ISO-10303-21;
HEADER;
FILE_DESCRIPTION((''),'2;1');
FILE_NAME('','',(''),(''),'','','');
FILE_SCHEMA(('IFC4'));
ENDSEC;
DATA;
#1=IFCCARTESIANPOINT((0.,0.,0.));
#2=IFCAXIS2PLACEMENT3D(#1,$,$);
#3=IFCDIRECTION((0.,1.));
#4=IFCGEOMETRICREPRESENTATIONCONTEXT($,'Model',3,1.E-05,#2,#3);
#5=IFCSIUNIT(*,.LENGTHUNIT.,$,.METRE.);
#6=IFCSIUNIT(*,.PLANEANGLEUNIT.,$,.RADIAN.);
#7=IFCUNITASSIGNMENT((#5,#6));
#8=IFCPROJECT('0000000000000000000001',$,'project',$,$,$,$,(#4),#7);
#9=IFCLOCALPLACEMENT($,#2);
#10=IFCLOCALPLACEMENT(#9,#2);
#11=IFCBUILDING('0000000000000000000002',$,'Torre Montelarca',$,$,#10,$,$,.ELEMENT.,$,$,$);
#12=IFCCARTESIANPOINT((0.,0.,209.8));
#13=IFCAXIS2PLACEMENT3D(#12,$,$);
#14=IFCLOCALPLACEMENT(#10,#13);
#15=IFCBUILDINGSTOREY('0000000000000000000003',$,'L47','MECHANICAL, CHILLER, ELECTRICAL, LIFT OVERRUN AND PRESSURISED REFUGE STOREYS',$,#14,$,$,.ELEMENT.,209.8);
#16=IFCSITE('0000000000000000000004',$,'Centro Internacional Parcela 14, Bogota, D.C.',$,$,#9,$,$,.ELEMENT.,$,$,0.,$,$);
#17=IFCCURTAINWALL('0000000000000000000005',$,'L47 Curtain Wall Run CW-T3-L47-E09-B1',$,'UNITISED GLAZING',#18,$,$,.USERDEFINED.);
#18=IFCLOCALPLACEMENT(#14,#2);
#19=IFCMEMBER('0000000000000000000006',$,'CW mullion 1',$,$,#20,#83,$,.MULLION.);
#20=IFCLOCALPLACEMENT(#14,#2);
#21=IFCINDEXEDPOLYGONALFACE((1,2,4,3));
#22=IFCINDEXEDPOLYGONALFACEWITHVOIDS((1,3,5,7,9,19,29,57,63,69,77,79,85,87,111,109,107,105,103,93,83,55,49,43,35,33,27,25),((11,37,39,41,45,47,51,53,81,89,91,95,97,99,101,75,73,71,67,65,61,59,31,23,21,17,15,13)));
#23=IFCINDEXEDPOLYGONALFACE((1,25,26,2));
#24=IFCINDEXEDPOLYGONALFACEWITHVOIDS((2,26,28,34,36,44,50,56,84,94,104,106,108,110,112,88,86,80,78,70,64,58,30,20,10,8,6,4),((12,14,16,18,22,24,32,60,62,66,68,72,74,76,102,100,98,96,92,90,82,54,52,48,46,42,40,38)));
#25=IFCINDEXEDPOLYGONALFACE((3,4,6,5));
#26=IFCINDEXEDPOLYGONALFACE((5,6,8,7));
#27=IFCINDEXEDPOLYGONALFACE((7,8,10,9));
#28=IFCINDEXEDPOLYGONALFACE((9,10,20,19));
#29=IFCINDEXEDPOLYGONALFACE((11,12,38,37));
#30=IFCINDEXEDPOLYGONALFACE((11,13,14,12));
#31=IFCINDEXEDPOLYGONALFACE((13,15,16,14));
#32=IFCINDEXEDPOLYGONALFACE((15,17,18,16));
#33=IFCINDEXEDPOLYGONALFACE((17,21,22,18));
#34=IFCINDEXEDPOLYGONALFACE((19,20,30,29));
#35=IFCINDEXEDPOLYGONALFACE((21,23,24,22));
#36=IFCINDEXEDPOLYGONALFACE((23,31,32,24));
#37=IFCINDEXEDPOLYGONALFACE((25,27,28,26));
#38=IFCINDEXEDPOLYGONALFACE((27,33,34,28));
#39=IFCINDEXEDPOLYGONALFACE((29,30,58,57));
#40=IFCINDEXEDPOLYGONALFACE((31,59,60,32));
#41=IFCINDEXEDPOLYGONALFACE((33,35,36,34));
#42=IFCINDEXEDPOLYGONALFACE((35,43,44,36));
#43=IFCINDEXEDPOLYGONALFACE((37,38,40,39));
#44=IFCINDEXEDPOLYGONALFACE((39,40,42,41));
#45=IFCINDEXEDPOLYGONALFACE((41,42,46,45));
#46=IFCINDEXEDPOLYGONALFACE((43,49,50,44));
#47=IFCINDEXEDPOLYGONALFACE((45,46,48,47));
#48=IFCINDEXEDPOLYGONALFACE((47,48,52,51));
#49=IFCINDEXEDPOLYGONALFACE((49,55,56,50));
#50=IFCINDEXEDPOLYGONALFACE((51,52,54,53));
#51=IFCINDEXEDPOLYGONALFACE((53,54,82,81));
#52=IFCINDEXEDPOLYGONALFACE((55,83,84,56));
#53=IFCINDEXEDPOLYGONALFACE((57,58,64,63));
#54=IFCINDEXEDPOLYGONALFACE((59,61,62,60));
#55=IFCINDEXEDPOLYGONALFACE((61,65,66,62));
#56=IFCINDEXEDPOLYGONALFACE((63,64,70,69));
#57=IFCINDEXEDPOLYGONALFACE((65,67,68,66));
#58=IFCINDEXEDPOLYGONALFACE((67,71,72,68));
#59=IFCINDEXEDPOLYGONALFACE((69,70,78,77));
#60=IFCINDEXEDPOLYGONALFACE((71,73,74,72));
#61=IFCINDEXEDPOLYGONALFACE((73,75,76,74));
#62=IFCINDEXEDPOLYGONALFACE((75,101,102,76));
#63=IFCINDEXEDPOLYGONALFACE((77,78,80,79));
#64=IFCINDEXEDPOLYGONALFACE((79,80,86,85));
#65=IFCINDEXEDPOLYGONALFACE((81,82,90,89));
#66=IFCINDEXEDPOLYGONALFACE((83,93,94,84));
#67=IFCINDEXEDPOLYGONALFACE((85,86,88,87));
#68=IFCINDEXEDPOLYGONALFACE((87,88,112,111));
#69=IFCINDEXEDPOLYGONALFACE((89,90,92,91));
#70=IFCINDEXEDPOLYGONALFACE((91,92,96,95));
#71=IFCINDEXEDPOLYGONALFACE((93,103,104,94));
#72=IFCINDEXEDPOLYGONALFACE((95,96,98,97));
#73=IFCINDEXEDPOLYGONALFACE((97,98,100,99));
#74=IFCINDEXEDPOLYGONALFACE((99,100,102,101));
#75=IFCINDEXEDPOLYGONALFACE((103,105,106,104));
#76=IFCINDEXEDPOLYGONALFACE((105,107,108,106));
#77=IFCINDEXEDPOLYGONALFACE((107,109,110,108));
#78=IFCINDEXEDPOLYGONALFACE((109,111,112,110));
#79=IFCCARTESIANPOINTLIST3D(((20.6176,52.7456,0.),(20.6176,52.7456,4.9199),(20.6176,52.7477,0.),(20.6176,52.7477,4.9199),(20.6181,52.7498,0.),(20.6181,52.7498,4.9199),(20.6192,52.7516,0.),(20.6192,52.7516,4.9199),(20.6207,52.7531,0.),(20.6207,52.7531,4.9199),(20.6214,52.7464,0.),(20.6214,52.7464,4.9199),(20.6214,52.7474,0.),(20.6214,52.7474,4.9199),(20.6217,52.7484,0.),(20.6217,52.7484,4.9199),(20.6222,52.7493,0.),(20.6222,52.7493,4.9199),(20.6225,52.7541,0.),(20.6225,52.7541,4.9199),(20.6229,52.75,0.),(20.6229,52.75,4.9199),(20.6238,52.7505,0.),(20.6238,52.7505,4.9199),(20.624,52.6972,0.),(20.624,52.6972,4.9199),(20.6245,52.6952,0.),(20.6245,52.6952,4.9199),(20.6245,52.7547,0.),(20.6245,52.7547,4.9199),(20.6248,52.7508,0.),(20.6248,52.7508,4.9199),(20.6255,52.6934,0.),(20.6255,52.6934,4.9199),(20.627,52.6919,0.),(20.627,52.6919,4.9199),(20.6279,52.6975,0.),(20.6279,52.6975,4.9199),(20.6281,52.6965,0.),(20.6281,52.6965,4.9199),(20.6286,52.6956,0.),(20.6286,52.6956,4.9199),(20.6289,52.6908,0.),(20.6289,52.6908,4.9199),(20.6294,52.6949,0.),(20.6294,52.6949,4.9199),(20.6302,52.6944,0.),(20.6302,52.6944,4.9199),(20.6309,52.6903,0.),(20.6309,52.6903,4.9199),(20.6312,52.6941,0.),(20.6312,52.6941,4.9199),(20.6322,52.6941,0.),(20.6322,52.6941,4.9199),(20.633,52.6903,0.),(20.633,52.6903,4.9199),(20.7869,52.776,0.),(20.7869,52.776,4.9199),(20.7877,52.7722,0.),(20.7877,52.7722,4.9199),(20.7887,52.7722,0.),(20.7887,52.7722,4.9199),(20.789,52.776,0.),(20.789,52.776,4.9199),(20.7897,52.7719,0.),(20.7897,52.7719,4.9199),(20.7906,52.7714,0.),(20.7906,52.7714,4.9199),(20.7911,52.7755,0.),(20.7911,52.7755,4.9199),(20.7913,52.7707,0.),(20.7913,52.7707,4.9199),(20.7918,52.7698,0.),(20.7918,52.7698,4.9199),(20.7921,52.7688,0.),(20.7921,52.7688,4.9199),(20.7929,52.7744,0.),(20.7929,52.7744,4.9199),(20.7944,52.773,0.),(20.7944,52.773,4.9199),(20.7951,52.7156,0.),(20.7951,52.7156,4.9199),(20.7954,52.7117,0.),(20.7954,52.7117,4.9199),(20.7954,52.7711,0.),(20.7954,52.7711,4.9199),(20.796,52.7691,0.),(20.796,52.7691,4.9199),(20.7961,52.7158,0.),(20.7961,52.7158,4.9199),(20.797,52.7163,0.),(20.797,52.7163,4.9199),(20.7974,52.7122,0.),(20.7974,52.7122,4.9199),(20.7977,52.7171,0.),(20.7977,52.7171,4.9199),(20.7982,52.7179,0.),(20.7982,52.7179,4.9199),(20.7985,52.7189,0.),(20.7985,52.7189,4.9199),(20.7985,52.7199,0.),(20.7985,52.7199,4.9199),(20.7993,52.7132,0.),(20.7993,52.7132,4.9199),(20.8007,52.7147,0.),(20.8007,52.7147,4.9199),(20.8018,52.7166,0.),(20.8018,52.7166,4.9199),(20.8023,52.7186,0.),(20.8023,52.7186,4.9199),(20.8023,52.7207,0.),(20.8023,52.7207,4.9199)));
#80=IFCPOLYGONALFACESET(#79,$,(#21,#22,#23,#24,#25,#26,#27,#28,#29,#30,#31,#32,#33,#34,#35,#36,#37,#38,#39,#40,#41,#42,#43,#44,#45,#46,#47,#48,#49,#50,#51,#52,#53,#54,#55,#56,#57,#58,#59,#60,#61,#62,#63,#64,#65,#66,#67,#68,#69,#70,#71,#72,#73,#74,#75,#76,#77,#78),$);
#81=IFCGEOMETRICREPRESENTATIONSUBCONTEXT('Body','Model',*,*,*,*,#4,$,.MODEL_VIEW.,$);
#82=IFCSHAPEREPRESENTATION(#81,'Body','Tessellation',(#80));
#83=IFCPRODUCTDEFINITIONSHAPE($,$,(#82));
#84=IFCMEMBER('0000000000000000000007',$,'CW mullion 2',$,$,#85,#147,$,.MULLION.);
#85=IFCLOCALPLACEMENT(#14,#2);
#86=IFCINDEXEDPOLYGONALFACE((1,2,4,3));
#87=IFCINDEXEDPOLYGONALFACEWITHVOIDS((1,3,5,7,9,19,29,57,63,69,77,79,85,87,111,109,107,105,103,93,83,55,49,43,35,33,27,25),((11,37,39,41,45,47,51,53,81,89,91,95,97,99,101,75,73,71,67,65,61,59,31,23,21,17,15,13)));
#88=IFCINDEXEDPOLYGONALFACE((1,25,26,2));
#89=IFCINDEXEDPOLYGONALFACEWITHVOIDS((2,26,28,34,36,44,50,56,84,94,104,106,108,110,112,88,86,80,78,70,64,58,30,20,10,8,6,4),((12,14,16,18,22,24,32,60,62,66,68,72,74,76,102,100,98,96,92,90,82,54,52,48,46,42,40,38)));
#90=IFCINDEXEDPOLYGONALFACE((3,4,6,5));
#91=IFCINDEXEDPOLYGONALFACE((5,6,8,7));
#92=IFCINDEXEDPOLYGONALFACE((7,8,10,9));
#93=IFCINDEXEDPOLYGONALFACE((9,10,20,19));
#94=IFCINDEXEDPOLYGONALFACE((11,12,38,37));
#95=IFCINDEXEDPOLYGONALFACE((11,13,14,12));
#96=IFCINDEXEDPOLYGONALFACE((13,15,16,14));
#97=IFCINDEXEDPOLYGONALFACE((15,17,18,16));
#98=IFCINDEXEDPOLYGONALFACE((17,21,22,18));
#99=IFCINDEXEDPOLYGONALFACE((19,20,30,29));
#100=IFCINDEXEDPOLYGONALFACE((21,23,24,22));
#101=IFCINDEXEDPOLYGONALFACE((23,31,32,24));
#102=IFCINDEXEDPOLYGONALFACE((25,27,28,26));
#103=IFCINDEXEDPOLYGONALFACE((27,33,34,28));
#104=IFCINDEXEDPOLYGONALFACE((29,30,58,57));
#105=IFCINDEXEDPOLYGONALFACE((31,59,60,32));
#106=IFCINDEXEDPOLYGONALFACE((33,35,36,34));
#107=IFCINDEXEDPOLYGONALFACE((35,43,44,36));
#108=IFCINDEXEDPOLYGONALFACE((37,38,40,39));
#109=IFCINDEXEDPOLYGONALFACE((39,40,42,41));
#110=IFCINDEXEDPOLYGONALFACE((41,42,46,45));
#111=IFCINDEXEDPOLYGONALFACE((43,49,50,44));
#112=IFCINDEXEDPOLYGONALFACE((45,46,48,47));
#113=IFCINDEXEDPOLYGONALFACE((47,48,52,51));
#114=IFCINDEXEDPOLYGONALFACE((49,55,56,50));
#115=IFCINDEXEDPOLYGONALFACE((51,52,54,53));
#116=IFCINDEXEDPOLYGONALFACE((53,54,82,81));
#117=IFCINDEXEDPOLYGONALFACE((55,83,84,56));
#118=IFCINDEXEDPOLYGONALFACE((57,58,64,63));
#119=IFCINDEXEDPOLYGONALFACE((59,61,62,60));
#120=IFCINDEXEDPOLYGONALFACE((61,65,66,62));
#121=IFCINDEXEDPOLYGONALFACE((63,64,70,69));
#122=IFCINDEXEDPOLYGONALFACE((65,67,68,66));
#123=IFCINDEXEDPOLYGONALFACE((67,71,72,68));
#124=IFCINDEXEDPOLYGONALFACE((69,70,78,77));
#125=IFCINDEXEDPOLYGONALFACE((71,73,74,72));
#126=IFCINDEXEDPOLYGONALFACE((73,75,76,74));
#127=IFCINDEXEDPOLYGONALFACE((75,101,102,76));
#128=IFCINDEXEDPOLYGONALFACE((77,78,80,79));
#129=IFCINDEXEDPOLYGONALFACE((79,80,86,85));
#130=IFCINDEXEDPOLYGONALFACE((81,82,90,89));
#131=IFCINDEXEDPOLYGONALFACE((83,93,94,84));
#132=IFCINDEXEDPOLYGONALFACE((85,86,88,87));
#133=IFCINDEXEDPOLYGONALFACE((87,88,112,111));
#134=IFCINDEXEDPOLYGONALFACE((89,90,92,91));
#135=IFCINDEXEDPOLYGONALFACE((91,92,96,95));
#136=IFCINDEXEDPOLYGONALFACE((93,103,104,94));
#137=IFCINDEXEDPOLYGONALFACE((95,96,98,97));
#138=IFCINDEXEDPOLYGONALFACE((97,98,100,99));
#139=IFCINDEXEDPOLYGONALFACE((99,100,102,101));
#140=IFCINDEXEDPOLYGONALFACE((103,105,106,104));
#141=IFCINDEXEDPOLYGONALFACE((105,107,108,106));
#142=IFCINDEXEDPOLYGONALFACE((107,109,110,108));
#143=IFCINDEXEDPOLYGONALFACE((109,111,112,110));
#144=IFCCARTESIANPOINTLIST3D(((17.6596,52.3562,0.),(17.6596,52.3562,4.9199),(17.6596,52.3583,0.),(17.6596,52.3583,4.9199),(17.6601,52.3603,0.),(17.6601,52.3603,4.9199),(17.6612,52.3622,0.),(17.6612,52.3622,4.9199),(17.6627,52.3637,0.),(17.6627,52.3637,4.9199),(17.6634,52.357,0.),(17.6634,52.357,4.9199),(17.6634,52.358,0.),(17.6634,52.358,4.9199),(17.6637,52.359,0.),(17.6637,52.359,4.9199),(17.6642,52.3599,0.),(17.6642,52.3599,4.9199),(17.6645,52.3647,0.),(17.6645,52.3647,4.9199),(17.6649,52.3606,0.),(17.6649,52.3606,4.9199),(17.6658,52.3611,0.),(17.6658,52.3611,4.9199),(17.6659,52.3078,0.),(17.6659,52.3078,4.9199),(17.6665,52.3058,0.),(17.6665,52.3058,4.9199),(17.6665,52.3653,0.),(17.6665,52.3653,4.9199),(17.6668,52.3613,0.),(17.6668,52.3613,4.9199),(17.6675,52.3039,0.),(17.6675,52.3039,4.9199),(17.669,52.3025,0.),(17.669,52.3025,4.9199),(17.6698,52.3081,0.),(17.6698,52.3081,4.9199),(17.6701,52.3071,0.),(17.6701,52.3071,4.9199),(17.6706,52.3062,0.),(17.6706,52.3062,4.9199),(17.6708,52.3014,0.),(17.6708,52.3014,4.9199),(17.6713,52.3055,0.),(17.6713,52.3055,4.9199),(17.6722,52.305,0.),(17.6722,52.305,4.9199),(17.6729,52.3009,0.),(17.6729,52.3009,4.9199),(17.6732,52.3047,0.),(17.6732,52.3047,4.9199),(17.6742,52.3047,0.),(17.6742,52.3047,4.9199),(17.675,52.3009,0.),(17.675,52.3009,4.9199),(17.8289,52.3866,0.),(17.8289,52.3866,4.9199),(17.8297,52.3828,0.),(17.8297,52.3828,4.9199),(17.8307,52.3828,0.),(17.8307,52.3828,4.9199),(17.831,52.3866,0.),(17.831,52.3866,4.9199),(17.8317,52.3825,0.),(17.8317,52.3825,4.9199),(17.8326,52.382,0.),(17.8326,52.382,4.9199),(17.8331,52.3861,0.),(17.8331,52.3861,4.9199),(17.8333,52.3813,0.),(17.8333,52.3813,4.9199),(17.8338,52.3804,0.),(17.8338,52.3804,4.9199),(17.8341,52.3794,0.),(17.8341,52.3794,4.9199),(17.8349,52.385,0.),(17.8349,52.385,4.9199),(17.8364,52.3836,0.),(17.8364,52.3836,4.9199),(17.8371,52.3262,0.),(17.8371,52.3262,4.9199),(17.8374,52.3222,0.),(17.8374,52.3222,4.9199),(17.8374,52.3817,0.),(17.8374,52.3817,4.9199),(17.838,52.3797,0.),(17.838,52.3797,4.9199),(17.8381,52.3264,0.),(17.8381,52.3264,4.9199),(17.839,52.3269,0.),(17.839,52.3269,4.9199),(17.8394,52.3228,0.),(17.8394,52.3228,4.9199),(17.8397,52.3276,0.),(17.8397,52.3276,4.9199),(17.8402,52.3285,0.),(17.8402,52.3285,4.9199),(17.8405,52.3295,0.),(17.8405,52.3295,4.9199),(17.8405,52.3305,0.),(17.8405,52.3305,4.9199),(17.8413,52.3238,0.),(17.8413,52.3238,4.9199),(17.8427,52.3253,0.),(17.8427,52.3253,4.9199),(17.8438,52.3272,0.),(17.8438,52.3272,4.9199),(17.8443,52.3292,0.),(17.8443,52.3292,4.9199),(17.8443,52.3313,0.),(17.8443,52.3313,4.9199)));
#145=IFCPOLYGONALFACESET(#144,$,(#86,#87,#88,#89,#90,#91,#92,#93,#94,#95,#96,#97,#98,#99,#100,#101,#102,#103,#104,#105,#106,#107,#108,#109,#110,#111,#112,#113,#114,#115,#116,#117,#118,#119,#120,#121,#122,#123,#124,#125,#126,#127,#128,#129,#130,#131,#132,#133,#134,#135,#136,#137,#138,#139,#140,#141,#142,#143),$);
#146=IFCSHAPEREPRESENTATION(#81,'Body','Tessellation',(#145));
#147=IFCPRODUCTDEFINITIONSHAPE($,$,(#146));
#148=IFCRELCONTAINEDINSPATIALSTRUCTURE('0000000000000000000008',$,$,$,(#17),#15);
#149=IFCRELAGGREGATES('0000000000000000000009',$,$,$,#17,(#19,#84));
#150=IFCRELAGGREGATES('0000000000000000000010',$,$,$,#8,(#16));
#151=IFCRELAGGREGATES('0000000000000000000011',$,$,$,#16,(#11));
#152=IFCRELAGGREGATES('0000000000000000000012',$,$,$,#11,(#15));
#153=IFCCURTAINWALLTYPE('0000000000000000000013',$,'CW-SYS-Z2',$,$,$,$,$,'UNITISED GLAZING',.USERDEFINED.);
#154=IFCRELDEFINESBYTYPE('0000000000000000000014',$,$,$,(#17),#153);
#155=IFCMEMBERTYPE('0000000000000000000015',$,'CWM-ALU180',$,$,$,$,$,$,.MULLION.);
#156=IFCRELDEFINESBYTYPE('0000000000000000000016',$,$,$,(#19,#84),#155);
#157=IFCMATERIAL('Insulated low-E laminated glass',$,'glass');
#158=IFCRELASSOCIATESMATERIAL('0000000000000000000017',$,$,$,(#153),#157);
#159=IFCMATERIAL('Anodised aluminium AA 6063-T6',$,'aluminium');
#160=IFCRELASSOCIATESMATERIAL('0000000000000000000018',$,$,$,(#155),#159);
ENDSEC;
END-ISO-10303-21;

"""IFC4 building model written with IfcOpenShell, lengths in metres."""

from ifc_helpers import new_model, si_unit, direction, frame, origin, origin_2d, place, context, subcontext, project, spatial, hollow_rectangle, extrude, source, transform, mapped, material, material_profile, profile_set, type_object, element, aggregate, save


model = new_model("IFC4")

# Units and contexts
model_context = context("Model", 3, precision=1e-05, world=origin(), true_north=direction((0.0, 1.0)))
body_context = subcontext(model_context, "Body", "Model", "MODEL_VIEW")
ifc_project = project(units=[si_unit("LENGTHUNIT", "METRE"), si_unit("PLANEANGLEUNIT", "RADIAN")], contexts=[model_context])

# Site, building, storey
site_placement = place(None, origin())
site = spatial("IfcSite", under=ifc_project, at=site_placement, Name="Centro Internacional Parcela 14, Bogota, D.C.", CompositionType="ELEMENT", RefElevation=0.0)
building_placement = place(site_placement, origin())
building = spatial("IfcBuilding", under=site, at=building_placement, Name="Torre Montelarca", CompositionType="ELEMENT")
storey_placement = place(building_placement, frame((0.0, 0.0, 209.8)))
storey = spatial("IfcBuildingStorey", under=building, at=storey_placement, Name="L47", Description="MECHANICAL, CHILLER, ELECTRICAL, LIFT OVERRUN AND PRESSURISED REFUGE STOREYS", CompositionType="ELEMENT", Elevation=209.8)

# Curtain wall, members
ifc_material_1 = material(Name="Insulated low-E laminated glass", Category="glass")
curtain_wall_type = type_object("IfcCurtainWallType", Name="CW-SYS-Z2", ElementType="UNITISED GLAZING", PredefinedType="USERDEFINED", material=ifc_material_1)
curtain_wall_1_placement = place(storey_placement, origin())
curtain_wall_1 = element("IfcCurtainWall", 1, at=curtain_wall_1_placement, inside=storey, type_object=curtain_wall_type, Name="L47 Curtain Wall Run CW-T3-L47-E09-B1", ObjectType="UNITISED GLAZING", PredefinedType="USERDEFINED")
ifc_material_2 = material(Name="Anodised aluminium AA 6063-T6", Category="aluminium")
ifc_material_profile_1 = material_profile(ifc_material_2, hollow_rectangle(XDim=0.0649, YDim=0.1799, WallThickness=0.0039, InnerFilletRadius=0.0039, OuterFilletRadius=0.0081, at=origin_2d()), Name="ALU65X180X4", Category="aluminium")
ifc_profile_set_1 = profile_set([ifc_material_profile_1], Name="Anodised aluminium AA 6063-T6")
member_type_1 = type_object("IfcMemberType", Name="CWM-ALU180", PredefinedType="MULLION", material=ifc_profile_set_1)
shared_shape_1 = source(origin(), body_context, "Body", "SweptSolid", [
    extrude(hollow_rectangle(XDim=0.0649, YDim=0.1799, WallThickness=0.0039, InnerFilletRadius=0.0039, OuterFilletRadius=0.0081, at=origin_2d()), origin(), (0.0, 0.0, 1.0), 4.9199),
])
member_1_placement = place(storey_placement, frame((20.71, 52.7332, 0.0), z_axis=(0.0, 0.0, 1.0), x_axis=(0.130514, -0.991446, 0.0)))
member_1 = element("IfcMember", 2, at=member_1_placement, type_object=member_type_1, Name="CW mullion 1", PredefinedType="MULLION", context=body_context, shape_type="MappedRepresentation", body=[
    mapped(shared_shape_1, transform((0.0, 0.0, 0.0), scale=1.0)),
])
member_2_placement = place(storey_placement, frame((17.752, 52.3438, 0.0), z_axis=(0.0, 0.0, 1.0), x_axis=(0.130514, -0.991446, 0.0)))
member_2 = element("IfcMember", 3, at=member_2_placement, type_object=member_type_1, Name="CW mullion 2", PredefinedType="MULLION", context=body_context, shape_type="MappedRepresentation", body=[
    mapped(shared_shape_1, transform((0.0, 0.0, 0.0), scale=1.0)),
])

aggregate(curtain_wall_1, [member_1, member_2])

save(model, "model.ifc")
